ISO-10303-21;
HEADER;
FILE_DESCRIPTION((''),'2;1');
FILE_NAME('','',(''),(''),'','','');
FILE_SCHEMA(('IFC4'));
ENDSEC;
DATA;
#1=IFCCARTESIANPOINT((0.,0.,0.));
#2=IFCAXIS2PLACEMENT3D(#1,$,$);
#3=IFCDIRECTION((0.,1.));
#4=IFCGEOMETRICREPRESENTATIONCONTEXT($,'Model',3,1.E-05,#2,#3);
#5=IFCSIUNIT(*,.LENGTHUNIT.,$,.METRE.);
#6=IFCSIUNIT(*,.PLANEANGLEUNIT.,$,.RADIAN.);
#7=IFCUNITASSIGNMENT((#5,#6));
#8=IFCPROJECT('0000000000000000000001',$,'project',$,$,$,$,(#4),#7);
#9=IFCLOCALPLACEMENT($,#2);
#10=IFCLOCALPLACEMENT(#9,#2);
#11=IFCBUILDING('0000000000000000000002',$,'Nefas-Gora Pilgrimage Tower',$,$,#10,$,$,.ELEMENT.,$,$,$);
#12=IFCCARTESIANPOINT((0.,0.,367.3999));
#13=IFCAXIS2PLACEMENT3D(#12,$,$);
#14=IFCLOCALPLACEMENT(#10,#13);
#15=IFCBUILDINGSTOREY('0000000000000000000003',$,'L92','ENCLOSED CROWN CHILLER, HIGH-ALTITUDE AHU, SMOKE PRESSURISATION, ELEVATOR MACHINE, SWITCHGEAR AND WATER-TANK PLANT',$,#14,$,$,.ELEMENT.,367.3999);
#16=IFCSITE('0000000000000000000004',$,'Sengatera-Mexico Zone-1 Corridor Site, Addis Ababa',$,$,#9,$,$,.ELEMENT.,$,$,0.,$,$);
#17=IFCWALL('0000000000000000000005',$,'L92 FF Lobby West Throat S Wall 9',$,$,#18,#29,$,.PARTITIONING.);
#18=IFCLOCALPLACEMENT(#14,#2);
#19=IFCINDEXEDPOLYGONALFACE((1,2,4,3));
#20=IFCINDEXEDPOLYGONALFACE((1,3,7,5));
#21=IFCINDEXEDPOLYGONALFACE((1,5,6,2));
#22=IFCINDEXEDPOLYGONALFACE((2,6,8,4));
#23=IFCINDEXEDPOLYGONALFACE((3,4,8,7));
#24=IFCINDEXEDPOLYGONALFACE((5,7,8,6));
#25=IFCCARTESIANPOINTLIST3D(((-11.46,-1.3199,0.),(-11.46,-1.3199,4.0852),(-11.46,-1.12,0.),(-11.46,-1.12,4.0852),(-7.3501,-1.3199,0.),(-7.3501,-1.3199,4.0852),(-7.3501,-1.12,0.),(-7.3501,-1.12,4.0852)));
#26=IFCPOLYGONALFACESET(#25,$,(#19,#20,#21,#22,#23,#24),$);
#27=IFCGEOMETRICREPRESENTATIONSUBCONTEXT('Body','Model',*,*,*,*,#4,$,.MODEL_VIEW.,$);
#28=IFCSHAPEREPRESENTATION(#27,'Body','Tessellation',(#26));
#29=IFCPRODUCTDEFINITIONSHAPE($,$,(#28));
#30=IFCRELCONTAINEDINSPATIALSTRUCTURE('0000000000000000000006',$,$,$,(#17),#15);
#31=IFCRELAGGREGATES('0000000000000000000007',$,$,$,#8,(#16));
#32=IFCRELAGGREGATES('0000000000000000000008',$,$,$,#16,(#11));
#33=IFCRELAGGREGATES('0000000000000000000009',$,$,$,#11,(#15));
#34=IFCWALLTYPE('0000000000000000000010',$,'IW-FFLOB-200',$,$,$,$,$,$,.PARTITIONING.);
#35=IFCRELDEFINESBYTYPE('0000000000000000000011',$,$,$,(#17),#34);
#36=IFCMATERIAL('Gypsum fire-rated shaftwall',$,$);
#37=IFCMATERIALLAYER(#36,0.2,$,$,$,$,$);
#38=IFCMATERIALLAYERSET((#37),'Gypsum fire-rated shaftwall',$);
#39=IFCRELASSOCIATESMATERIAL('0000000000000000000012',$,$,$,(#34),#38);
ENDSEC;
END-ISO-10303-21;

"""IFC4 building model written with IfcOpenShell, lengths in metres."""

from ifc_helpers import new_model, si_unit, direction, frame, frame_2d, origin, place, context, subcontext, project, spatial, rectangle, extrude, source, transform, mapped, material, layer, layer_set, type_object, element, save


model = new_model("IFC4")

# Units and contexts
model_context = context("Model", 3, precision=1e-05, world=origin(), true_north=direction((0.0, 1.0)))
body_context = subcontext(model_context, "Body", "Model", "MODEL_VIEW")
ifc_project = project(units=[si_unit("LENGTHUNIT", "METRE"), si_unit("PLANEANGLEUNIT", "RADIAN")], contexts=[model_context])

# Site, building, storey
site_placement = place(None, origin())
site = spatial("IfcSite", under=ifc_project, at=site_placement, Name="Sengatera-Mexico Zone-1 Corridor Site, Addis Ababa", CompositionType="ELEMENT", RefElevation=0.0)
building_placement = place(site_placement, origin())
building = spatial("IfcBuilding", under=site, at=building_placement, Name="Nefas-Gora Pilgrimage Tower", CompositionType="ELEMENT")
storey_placement = place(building_placement, frame((0.0, 0.0, 367.3999)))
storey = spatial("IfcBuildingStorey", under=building, at=storey_placement, Name="L92", Description="ENCLOSED CROWN CHILLER, HIGH-ALTITUDE AHU, SMOKE PRESSURISATION, ELEVATOR MACHINE, SWITCHGEAR AND WATER-TANK PLANT", CompositionType="ELEMENT", Elevation=367.3999)

# Shared definitions
ifc_material_1 = material(Name="Gypsum fire-rated shaftwall")
ifc_layer_1 = layer(ifc_material_1, 0.2)
ifc_layer_set_1 = layer_set([ifc_layer_1], Name="Gypsum fire-rated shaftwall")
wall_type_1 = type_object("IfcWallType", Name="IW-FFLOB-200", PredefinedType="PARTITIONING", material=ifc_layer_set_1)

# Wall
shared_shape_1 = source(origin(), body_context, "Body", "SweptSolid", [
    extrude(rectangle(XDim=4.1099, YDim=0.2, at=frame_2d((2.0549, 0.0))), origin(), (0.0, 0.0, 1.0), 4.0852),
])
wall_1_placement = place(storey_placement, frame((-11.46, -1.22, 0.0), z_axis=(0.0, 0.0, 1.0), x_axis=(1.0, 0.0, 0.0)))
element("IfcWall", 1, at=wall_1_placement, inside=storey, type_object=wall_type_1, Name="L92 FF Lobby West Throat S Wall 9", PredefinedType="PARTITIONING", context=body_context, shape_type="MappedRepresentation", body=[
    mapped(shared_shape_1, transform((0.0, 0.0, 0.0), x_axis=(1.0, 0.0, 0.0), y_axis=(0.0, 1.0, 0.0), z_axis=(0.0, 0.0, 1.0), scale=1.0)),
])

save(model, "model.ifc")
